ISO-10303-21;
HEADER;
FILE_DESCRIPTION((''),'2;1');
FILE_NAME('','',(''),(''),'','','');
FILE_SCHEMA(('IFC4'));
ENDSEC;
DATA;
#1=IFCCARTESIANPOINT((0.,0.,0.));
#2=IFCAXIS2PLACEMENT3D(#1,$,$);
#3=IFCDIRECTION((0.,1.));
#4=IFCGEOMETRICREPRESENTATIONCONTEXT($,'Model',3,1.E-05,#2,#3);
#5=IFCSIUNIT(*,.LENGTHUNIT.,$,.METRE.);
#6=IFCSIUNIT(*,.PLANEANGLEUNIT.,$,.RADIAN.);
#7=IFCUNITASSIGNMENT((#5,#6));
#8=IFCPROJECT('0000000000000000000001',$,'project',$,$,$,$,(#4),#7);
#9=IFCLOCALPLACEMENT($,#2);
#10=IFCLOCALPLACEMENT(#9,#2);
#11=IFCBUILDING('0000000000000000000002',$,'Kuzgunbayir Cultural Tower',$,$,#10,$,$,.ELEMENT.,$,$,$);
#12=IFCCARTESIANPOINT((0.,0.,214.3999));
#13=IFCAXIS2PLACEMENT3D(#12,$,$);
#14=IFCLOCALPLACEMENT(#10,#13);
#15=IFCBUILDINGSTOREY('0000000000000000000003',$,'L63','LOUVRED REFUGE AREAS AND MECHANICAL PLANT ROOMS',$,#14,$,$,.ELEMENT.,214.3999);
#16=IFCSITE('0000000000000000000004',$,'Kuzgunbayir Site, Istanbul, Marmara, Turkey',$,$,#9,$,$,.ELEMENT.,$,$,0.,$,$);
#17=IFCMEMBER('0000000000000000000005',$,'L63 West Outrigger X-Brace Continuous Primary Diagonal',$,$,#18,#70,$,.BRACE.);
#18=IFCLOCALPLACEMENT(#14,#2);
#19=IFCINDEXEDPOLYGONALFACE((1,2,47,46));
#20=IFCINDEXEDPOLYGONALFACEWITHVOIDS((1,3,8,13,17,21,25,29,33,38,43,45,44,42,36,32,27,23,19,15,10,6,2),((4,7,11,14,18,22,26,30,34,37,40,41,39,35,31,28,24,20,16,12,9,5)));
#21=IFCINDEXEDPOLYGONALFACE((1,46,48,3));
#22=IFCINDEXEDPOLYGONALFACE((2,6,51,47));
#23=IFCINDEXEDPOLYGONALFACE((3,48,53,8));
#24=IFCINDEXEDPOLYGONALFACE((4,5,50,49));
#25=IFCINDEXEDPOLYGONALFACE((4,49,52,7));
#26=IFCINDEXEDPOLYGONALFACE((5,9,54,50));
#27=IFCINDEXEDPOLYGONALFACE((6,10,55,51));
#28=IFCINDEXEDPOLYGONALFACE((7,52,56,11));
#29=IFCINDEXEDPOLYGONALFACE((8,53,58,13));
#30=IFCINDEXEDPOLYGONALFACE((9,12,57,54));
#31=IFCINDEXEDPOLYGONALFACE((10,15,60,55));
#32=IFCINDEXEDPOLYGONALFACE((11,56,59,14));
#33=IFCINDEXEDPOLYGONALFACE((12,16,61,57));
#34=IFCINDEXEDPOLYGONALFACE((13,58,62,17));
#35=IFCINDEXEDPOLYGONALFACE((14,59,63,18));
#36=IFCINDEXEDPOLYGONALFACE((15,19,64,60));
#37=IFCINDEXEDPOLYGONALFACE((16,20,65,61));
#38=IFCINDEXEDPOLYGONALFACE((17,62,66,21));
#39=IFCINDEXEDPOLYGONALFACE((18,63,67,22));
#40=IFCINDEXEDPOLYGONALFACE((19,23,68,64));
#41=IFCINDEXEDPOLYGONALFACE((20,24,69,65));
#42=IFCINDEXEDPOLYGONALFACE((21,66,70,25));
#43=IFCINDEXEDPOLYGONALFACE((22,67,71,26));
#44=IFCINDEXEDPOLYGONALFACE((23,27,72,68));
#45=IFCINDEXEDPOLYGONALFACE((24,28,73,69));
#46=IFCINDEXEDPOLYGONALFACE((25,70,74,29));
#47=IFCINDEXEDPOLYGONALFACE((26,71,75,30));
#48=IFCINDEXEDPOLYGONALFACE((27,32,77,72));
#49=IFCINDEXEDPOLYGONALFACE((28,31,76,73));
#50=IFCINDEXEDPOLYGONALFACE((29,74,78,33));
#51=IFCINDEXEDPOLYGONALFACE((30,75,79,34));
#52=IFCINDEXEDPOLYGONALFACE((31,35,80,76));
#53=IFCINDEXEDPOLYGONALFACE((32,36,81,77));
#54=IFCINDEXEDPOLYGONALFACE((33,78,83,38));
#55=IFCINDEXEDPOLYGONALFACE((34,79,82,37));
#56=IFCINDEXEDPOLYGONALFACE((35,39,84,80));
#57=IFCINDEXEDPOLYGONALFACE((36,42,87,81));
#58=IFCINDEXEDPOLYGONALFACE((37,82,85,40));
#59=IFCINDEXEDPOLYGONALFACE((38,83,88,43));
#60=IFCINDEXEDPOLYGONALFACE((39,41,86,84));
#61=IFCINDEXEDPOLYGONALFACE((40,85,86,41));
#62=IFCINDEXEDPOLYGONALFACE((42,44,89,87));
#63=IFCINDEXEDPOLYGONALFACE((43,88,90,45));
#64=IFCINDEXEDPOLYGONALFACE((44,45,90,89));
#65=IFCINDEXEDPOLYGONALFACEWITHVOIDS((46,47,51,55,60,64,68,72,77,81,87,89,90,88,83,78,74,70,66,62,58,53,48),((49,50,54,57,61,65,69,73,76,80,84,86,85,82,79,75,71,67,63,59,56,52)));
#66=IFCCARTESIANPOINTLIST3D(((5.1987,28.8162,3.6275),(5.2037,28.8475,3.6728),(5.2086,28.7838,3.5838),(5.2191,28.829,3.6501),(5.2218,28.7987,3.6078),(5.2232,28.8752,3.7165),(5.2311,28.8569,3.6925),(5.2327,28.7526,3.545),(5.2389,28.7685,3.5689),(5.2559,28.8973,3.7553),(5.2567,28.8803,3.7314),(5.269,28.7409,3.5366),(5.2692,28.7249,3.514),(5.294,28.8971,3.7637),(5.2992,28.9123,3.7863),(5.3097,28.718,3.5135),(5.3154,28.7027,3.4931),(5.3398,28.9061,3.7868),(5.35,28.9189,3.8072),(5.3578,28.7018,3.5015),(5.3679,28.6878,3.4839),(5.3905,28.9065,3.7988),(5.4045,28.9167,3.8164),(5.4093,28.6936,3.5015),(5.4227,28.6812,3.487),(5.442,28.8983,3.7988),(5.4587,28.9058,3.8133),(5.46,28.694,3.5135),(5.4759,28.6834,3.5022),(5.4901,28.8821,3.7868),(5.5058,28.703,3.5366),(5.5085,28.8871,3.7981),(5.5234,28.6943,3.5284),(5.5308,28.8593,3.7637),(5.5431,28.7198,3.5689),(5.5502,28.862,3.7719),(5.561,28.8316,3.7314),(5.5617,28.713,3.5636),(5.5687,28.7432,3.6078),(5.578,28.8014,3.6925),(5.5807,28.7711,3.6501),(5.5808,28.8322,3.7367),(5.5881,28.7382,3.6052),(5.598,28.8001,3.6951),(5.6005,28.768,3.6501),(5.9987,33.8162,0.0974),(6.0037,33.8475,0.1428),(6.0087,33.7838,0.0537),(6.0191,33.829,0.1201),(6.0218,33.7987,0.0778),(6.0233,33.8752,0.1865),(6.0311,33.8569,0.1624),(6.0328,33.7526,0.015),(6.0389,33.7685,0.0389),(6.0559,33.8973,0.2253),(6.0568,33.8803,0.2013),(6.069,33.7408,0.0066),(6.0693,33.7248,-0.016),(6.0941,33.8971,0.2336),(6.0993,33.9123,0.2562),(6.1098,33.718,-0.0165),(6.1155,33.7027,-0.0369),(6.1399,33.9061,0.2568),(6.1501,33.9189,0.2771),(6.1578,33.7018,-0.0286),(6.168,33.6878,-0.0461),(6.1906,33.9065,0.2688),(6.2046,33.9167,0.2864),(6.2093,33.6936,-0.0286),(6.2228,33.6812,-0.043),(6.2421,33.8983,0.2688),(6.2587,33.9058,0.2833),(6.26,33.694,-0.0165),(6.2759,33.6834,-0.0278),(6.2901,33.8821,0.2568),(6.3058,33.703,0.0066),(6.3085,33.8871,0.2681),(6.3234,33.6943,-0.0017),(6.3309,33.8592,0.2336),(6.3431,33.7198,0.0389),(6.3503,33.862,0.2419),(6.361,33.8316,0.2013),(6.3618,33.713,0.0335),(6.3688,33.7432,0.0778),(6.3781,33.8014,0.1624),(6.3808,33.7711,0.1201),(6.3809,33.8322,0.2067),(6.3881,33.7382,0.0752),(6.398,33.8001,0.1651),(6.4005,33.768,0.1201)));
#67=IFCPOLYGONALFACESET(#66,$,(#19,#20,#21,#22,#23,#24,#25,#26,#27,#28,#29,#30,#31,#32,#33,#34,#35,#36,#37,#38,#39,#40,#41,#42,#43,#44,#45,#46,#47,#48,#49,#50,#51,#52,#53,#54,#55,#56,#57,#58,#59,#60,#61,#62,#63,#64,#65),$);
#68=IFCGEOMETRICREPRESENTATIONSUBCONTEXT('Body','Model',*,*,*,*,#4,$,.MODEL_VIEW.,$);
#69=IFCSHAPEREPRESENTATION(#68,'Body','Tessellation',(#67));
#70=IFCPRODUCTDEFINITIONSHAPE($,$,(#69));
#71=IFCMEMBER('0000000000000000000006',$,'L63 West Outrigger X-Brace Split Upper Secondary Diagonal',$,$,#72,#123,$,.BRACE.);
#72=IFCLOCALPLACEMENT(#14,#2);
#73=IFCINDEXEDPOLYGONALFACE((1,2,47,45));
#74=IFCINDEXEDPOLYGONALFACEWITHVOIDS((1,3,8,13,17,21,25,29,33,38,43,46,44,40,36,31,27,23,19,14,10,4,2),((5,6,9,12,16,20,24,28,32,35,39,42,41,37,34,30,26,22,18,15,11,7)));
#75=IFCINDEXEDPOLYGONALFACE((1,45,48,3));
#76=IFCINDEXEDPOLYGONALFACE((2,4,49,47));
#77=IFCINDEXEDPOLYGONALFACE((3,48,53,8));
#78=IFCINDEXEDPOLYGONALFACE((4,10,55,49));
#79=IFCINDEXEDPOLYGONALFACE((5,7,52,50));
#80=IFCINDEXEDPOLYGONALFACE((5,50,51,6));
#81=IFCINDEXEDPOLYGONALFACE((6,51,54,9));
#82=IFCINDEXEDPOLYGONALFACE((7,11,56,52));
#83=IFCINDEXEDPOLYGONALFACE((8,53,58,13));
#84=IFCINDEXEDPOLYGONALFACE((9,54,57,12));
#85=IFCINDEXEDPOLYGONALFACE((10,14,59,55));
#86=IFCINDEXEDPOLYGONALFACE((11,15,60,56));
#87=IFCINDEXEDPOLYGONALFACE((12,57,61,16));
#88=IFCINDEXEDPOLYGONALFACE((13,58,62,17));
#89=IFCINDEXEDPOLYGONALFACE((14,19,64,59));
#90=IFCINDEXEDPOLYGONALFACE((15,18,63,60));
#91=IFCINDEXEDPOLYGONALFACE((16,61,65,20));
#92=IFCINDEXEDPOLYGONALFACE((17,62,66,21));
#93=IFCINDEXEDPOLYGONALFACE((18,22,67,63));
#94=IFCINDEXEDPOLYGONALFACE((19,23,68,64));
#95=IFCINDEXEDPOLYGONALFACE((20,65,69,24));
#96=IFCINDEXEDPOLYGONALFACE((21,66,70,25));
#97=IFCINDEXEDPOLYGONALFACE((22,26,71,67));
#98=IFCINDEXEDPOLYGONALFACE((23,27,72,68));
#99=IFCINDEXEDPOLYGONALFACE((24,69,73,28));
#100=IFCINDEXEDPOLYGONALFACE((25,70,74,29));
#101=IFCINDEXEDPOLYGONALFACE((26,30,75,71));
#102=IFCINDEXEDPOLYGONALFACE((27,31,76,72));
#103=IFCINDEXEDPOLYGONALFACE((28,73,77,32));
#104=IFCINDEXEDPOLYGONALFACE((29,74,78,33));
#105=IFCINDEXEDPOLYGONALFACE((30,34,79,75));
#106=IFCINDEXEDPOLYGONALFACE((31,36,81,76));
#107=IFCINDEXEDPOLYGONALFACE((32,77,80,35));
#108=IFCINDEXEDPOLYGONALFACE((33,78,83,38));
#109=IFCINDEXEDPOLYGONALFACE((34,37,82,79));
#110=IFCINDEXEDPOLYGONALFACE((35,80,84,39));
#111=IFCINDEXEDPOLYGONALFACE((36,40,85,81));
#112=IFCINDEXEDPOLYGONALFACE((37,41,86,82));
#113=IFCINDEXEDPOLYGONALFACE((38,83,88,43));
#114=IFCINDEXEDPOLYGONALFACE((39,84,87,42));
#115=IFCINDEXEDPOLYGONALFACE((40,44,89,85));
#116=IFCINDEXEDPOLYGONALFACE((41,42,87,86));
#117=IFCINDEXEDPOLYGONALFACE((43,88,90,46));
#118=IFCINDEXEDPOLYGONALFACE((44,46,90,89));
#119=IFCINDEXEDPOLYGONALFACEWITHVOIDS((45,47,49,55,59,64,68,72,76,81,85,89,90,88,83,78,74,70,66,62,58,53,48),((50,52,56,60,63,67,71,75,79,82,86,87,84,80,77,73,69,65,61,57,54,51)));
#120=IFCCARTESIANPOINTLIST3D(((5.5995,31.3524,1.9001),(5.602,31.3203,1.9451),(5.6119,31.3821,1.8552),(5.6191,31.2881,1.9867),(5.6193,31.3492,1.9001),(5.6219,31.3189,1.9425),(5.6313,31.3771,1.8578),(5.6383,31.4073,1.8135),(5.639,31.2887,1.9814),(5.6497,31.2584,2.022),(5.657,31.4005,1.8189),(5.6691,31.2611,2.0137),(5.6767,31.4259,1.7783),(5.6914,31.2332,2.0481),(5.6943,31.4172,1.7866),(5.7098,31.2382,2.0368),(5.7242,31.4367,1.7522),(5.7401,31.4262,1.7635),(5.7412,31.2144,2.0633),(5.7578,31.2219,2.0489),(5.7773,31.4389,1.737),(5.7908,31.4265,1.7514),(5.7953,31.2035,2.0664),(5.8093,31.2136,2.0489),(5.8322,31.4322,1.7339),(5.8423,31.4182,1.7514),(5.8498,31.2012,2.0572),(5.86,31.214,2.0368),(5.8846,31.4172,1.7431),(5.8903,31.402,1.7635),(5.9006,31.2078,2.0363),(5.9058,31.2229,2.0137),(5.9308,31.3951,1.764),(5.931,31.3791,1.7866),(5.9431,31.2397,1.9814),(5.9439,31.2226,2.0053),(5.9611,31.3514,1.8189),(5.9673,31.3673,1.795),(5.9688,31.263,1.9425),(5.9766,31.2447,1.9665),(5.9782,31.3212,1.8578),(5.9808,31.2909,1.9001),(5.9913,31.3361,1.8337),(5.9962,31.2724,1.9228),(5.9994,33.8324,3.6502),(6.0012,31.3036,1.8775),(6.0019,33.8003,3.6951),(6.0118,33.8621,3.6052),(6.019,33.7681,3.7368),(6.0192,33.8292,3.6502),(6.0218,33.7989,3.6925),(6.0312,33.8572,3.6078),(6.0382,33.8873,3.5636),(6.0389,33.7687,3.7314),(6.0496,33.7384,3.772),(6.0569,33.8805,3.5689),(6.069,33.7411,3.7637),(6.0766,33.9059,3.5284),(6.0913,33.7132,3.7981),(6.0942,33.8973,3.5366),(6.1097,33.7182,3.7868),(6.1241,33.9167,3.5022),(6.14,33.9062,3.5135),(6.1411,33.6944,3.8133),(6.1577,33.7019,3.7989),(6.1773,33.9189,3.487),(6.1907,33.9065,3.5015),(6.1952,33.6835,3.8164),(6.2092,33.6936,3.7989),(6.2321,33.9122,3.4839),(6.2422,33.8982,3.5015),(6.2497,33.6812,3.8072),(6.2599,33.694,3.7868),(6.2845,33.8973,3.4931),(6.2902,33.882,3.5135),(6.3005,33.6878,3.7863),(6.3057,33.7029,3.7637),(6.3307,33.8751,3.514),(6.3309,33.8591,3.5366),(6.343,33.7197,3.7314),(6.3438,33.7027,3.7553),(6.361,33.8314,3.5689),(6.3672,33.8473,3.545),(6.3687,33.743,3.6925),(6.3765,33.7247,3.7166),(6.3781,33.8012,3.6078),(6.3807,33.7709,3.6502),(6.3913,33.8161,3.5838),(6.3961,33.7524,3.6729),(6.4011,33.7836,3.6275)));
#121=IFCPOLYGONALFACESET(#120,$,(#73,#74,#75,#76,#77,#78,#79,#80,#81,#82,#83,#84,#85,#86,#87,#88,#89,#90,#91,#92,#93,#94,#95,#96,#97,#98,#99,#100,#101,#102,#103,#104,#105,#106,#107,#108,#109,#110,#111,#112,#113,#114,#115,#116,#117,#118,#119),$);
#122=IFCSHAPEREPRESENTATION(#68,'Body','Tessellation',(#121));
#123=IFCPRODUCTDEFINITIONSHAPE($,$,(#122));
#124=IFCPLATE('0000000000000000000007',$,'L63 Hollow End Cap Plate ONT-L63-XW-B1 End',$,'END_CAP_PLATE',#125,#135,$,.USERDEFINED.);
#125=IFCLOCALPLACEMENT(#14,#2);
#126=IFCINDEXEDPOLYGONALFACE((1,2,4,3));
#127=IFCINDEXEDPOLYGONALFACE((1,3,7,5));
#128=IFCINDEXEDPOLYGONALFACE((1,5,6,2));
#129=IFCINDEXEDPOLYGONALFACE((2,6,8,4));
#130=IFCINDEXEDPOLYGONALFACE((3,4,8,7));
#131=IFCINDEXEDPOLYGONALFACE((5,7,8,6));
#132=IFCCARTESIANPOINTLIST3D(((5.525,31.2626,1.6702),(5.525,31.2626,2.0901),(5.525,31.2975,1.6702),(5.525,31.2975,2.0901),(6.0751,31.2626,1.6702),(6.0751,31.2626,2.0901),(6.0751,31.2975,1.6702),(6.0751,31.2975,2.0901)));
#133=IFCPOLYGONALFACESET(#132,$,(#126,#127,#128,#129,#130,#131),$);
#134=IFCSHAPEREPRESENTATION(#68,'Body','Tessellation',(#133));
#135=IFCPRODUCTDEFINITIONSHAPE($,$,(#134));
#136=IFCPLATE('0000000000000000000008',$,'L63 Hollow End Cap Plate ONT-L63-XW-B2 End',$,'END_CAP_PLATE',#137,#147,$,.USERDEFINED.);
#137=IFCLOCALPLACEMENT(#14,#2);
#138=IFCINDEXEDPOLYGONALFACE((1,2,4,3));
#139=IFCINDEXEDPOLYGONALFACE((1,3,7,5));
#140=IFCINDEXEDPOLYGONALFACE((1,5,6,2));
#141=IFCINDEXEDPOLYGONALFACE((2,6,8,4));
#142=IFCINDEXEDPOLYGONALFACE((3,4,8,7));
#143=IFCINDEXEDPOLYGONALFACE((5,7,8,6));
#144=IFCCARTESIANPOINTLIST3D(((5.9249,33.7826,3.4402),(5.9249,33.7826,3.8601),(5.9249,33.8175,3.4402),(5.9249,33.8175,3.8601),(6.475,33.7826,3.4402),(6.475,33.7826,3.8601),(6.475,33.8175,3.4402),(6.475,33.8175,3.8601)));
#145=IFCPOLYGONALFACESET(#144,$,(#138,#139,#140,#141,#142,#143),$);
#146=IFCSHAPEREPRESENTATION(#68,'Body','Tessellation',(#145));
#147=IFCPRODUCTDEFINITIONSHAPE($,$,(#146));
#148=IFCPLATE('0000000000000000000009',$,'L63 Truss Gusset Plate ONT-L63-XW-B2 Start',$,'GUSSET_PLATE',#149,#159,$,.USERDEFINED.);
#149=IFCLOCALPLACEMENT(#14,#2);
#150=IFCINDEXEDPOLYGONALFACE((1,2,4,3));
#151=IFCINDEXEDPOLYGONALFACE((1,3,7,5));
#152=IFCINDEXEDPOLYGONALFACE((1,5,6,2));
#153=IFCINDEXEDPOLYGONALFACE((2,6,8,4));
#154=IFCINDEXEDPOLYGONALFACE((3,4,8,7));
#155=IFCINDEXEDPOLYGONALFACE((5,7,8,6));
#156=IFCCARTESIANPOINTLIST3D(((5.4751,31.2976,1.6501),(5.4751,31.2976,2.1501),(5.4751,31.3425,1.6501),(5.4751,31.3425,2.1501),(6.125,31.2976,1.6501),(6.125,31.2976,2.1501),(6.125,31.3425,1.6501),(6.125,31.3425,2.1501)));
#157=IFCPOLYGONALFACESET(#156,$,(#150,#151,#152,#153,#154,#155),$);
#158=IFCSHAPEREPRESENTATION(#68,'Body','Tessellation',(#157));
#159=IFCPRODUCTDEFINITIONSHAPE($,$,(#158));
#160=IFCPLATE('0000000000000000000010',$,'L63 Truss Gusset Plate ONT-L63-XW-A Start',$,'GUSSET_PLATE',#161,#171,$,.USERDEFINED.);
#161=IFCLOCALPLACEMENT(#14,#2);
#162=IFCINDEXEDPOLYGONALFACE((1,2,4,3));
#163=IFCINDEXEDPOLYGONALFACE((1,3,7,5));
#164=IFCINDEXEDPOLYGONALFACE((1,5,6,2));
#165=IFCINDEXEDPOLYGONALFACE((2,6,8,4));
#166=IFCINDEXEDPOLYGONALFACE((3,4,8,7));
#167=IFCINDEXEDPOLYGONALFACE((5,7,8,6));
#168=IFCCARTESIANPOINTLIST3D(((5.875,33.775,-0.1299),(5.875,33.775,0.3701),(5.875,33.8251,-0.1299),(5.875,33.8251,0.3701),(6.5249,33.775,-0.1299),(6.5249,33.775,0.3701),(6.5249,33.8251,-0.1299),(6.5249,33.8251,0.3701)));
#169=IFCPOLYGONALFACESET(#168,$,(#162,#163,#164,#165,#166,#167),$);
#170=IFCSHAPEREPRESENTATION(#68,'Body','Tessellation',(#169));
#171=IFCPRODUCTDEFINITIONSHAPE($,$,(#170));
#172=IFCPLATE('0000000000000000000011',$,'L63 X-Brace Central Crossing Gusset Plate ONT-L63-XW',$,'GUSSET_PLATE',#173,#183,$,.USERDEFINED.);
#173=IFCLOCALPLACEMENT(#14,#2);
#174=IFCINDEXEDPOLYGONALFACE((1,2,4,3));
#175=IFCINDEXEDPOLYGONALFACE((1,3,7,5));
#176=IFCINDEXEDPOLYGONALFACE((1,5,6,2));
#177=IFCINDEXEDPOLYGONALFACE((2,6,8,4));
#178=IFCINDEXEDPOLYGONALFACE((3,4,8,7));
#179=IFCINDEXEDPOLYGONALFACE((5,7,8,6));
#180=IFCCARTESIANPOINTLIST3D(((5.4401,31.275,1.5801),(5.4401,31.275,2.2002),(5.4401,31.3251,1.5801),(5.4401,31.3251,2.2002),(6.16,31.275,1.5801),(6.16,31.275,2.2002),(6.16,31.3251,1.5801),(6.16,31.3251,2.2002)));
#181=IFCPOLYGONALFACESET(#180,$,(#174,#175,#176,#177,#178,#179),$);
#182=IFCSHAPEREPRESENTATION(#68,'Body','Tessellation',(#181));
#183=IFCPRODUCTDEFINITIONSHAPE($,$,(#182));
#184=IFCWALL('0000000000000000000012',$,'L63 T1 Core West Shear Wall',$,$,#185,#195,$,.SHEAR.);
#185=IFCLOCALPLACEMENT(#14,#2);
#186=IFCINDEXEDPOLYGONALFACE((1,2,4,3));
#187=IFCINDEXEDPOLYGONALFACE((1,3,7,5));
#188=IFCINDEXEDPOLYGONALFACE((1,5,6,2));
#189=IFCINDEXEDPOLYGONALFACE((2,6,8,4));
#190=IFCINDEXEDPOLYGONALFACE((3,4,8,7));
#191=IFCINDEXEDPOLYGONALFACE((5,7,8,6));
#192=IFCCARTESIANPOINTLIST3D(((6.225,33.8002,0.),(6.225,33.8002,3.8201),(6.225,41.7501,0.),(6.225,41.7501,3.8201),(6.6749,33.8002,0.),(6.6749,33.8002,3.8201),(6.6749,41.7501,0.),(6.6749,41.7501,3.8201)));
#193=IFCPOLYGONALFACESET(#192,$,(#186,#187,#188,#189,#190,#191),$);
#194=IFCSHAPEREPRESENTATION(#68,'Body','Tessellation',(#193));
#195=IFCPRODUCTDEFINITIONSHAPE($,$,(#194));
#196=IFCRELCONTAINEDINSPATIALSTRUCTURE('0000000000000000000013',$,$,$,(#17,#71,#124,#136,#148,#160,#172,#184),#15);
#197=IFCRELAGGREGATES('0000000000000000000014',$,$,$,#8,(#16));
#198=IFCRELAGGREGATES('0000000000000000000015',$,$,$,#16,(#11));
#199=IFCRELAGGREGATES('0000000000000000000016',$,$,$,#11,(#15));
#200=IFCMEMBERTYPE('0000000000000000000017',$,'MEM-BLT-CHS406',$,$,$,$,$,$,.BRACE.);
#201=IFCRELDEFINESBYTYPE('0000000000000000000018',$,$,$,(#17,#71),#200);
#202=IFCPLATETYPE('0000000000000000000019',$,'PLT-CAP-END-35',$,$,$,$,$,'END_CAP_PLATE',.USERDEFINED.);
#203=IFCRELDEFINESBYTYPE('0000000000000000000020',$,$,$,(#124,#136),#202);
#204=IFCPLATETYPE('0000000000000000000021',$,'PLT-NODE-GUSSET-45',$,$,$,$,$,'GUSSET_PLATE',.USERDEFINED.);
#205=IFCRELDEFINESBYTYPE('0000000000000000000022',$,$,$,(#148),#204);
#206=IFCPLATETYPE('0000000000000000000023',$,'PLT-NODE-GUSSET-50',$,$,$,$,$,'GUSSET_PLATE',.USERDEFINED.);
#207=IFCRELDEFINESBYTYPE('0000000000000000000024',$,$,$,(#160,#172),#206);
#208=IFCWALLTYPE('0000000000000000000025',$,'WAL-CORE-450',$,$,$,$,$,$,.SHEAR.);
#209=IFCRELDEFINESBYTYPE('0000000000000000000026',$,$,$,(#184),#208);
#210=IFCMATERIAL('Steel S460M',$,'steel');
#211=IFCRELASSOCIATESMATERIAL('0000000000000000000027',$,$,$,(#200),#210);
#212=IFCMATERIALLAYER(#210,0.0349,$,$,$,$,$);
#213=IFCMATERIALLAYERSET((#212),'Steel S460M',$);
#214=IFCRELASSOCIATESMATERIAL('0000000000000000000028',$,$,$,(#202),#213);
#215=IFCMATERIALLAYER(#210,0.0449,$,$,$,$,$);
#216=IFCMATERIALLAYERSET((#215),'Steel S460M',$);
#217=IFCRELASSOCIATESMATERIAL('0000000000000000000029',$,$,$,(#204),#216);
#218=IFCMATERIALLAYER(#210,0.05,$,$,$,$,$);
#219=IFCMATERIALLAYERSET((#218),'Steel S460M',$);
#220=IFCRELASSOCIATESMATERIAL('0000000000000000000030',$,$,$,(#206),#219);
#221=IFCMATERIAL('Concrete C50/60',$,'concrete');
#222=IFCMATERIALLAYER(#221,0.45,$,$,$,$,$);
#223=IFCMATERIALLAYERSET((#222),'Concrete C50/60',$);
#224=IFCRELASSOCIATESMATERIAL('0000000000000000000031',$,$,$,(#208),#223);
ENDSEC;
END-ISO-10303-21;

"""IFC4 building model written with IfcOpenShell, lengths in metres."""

from ifc_helpers import new_model, si_unit, direction, frame, frame_2d, origin, origin_2d, place, context, subcontext, project, spatial, rectangle, hollow_circle, extrude, material, layer, layer_set, material_profile, profile_set, type_object, element, save


model = new_model("IFC4")

# Units and contexts
model_context = context("Model", 3, precision=1e-05, world=origin(), true_north=direction((0.0, 1.0)))
body_context = subcontext(model_context, "Body", "Model", "MODEL_VIEW")
ifc_project = project(units=[si_unit("LENGTHUNIT", "METRE"), si_unit("PLANEANGLEUNIT", "RADIAN")], contexts=[model_context])

# Site, building, storey
site_placement = place(None, origin())
site = spatial("IfcSite", under=ifc_project, at=site_placement, Name="Kuzgunbayir Site, Istanbul, Marmara, Turkey", CompositionType="ELEMENT", RefElevation=0.0)
building_placement = place(site_placement, origin())
building = spatial("IfcBuilding", under=site, at=building_placement, Name="Kuzgunbayir Cultural Tower", CompositionType="ELEMENT")
storey_placement = place(building_placement, frame((0.0, 0.0, 214.3999)))
storey = spatial("IfcBuildingStorey", under=building, at=storey_placement, Name="L63", Description="LOUVRED REFUGE AREAS AND MECHANICAL PLANT ROOMS", CompositionType="ELEMENT", Elevation=214.3999)

# Shared definitions
ifc_material_1 = material(Name="Concrete C50/60", Category="concrete")

# Members
ifc_material_2 = material(Name="Steel S460M", Category="steel")
ifc_material_profile_1 = material_profile(ifc_material_2, hollow_circle(Radius=0.2031, WallThickness=0.02, at=origin_2d()), Name="CHS 406.4x20")
ifc_profile_set_1 = profile_set([ifc_material_profile_1], Name="Steel S460M")
member_type = type_object("IfcMemberType", Name="MEM-BLT-CHS406", PredefinedType="BRACE", material=ifc_profile_set_1)
member_1_placement = place(storey_placement, frame((6.2, 33.8, 0.1201), z_axis=(-0.129613, -0.810029, 0.571885), x_axis=(0.987439, -0.158, 0.0)))
element("IfcMember", 1, at=member_1_placement, inside=storey, type_object=member_type, Name="L63 West Outrigger X-Brace Continuous Primary Diagonal", PredefinedType="BRACE", context=body_context, shape_type="SweptSolid", body=[
    extrude(hollow_circle(Radius=0.2031, WallThickness=0.02, at=origin_2d()), origin(), (0.0, 0.0, 1.0), 6.1726),
])
member_2_placement = place(storey_placement, frame((5.8, 31.3201, 1.9001), z_axis=(0.130623, 0.810057, 0.571617), x_axis=(-0.987247, 0.159196, 0.0)))
element("IfcMember", 2, at=member_2_placement, inside=storey, type_object=member_type, Name="L63 West Outrigger X-Brace Split Upper Secondary Diagonal", PredefinedType="BRACE", context=body_context, shape_type="SweptSolid", body=[
    extrude(hollow_circle(Radius=0.2031, WallThickness=0.02, at=origin_2d()), origin(), (0.0, 0.0, 1.0), 3.0615),
])

# Plates
ifc_layer_1 = layer(ifc_material_2, 0.0349)
ifc_layer_set_1 = layer_set([ifc_layer_1], Name="Steel S460M")
plate_type_1 = type_object("IfcPlateType", Name="PLT-CAP-END-35", ElementType="END_CAP_PLATE", PredefinedType="USERDEFINED", material=ifc_layer_set_1)
for number, where, z_axis, x_axis, name in (
    (3, (5.8, 31.28, 1.6702), (0.0, 0.0, 1.0), (1.0, 0.0, 0.0), "L63 Hollow End Cap Plate ONT-L63-XW-B1 End"),
    (4, (6.2, 33.8, 3.4402), (0.0, 0.0, 1.0), (1.0, 0.0, 0.0), "L63 Hollow End Cap Plate ONT-L63-XW-B2 End"),
):
    element("IfcPlate", number, at=place(storey_placement, frame(where, z_axis=z_axis, x_axis=x_axis)), inside=storey, type_object=plate_type_1, Name=name, ObjectType="END_CAP_PLATE", PredefinedType="USERDEFINED", context=body_context, shape_type="SweptSolid", body=[
        extrude(rectangle(XDim=0.55, YDim=0.0349, at=origin_2d()), origin(), (0.0, 0.0, 1.0), 0.4199),
    ])
ifc_layer_2 = layer(ifc_material_2, 0.0449)
ifc_layer_set_2 = layer_set([ifc_layer_2], Name="Steel S460M")
plate_type_2 = type_object("IfcPlateType", Name="PLT-NODE-GUSSET-45", ElementType="GUSSET_PLATE", PredefinedType="USERDEFINED", material=ifc_layer_set_2)
plate_1_placement = place(storey_placement, frame((5.8, 31.3201, 1.6501), z_axis=(0.0, 0.0, 1.0), x_axis=(1.0, 0.0, 0.0)))
element("IfcPlate", 5, at=plate_1_placement, inside=storey, type_object=plate_type_2, Name="L63 Truss Gusset Plate ONT-L63-XW-B2 Start", ObjectType="GUSSET_PLATE", PredefinedType="USERDEFINED", context=body_context, shape_type="SweptSolid", body=[
    extrude(rectangle(XDim=0.6499, YDim=0.0449, at=origin_2d()), origin(), (0.0, 0.0, 1.0), 0.5),
])
ifc_layer_3 = layer(ifc_material_2, 0.05)
ifc_layer_set_3 = layer_set([ifc_layer_3], Name="Steel S460M")
plate_type_3 = type_object("IfcPlateType", Name="PLT-NODE-GUSSET-50", ElementType="GUSSET_PLATE", PredefinedType="USERDEFINED", material=ifc_layer_set_3)
plate_2_placement = place(storey_placement, frame((6.2, 33.8, -0.1299), z_axis=(0.0, 0.0, 1.0), x_axis=(1.0, 0.0, 0.0)))
element("IfcPlate", 6, at=plate_2_placement, inside=storey, type_object=plate_type_3, Name="L63 Truss Gusset Plate ONT-L63-XW-A Start", ObjectType="GUSSET_PLATE", PredefinedType="USERDEFINED", context=body_context, shape_type="SweptSolid", body=[
    extrude(rectangle(XDim=0.6499, YDim=0.05, at=origin_2d()), origin(), (0.0, 0.0, 1.0), 0.5),
])
plate_3_placement = place(storey_placement, frame((5.8, 31.3, 1.5801), z_axis=(0.0, 0.0, 1.0), x_axis=(1.0, 0.0, 0.0)))
element("IfcPlate", 7, at=plate_3_placement, inside=storey, type_object=plate_type_3, Name="L63 X-Brace Central Crossing Gusset Plate ONT-L63-XW", ObjectType="GUSSET_PLATE", PredefinedType="USERDEFINED", context=body_context, shape_type="SweptSolid", body=[
    extrude(rectangle(XDim=0.72, YDim=0.05, at=origin_2d()), origin(), (0.0, 0.0, 1.0), 0.6201),
])

# Wall
ifc_layer_4 = layer(ifc_material_1, 0.45)
ifc_layer_set_4 = layer_set([ifc_layer_4], Name="Concrete C50/60")
wall_type_1 = type_object("IfcWallType", Name="WAL-CORE-450", PredefinedType="SHEAR", material=ifc_layer_set_4)
wall_1_placement = place(storey_placement, frame((6.45, 33.8, 0.0), z_axis=(0.0, 0.0, 1.0), x_axis=(0.0, 1.0, 0.0)))
element("IfcWall", 8, at=wall_1_placement, inside=storey, type_object=wall_type_1, Name="L63 T1 Core West Shear Wall", PredefinedType="SHEAR", context=body_context, shape_type="SweptSolid", body=[
    extrude(rectangle(XDim=7.95, YDim=0.45, at=frame_2d((3.9751, 0.0))), origin(), (0.0, 0.0, 1.0), 3.8201),
])

save(model, "model.ifc")
